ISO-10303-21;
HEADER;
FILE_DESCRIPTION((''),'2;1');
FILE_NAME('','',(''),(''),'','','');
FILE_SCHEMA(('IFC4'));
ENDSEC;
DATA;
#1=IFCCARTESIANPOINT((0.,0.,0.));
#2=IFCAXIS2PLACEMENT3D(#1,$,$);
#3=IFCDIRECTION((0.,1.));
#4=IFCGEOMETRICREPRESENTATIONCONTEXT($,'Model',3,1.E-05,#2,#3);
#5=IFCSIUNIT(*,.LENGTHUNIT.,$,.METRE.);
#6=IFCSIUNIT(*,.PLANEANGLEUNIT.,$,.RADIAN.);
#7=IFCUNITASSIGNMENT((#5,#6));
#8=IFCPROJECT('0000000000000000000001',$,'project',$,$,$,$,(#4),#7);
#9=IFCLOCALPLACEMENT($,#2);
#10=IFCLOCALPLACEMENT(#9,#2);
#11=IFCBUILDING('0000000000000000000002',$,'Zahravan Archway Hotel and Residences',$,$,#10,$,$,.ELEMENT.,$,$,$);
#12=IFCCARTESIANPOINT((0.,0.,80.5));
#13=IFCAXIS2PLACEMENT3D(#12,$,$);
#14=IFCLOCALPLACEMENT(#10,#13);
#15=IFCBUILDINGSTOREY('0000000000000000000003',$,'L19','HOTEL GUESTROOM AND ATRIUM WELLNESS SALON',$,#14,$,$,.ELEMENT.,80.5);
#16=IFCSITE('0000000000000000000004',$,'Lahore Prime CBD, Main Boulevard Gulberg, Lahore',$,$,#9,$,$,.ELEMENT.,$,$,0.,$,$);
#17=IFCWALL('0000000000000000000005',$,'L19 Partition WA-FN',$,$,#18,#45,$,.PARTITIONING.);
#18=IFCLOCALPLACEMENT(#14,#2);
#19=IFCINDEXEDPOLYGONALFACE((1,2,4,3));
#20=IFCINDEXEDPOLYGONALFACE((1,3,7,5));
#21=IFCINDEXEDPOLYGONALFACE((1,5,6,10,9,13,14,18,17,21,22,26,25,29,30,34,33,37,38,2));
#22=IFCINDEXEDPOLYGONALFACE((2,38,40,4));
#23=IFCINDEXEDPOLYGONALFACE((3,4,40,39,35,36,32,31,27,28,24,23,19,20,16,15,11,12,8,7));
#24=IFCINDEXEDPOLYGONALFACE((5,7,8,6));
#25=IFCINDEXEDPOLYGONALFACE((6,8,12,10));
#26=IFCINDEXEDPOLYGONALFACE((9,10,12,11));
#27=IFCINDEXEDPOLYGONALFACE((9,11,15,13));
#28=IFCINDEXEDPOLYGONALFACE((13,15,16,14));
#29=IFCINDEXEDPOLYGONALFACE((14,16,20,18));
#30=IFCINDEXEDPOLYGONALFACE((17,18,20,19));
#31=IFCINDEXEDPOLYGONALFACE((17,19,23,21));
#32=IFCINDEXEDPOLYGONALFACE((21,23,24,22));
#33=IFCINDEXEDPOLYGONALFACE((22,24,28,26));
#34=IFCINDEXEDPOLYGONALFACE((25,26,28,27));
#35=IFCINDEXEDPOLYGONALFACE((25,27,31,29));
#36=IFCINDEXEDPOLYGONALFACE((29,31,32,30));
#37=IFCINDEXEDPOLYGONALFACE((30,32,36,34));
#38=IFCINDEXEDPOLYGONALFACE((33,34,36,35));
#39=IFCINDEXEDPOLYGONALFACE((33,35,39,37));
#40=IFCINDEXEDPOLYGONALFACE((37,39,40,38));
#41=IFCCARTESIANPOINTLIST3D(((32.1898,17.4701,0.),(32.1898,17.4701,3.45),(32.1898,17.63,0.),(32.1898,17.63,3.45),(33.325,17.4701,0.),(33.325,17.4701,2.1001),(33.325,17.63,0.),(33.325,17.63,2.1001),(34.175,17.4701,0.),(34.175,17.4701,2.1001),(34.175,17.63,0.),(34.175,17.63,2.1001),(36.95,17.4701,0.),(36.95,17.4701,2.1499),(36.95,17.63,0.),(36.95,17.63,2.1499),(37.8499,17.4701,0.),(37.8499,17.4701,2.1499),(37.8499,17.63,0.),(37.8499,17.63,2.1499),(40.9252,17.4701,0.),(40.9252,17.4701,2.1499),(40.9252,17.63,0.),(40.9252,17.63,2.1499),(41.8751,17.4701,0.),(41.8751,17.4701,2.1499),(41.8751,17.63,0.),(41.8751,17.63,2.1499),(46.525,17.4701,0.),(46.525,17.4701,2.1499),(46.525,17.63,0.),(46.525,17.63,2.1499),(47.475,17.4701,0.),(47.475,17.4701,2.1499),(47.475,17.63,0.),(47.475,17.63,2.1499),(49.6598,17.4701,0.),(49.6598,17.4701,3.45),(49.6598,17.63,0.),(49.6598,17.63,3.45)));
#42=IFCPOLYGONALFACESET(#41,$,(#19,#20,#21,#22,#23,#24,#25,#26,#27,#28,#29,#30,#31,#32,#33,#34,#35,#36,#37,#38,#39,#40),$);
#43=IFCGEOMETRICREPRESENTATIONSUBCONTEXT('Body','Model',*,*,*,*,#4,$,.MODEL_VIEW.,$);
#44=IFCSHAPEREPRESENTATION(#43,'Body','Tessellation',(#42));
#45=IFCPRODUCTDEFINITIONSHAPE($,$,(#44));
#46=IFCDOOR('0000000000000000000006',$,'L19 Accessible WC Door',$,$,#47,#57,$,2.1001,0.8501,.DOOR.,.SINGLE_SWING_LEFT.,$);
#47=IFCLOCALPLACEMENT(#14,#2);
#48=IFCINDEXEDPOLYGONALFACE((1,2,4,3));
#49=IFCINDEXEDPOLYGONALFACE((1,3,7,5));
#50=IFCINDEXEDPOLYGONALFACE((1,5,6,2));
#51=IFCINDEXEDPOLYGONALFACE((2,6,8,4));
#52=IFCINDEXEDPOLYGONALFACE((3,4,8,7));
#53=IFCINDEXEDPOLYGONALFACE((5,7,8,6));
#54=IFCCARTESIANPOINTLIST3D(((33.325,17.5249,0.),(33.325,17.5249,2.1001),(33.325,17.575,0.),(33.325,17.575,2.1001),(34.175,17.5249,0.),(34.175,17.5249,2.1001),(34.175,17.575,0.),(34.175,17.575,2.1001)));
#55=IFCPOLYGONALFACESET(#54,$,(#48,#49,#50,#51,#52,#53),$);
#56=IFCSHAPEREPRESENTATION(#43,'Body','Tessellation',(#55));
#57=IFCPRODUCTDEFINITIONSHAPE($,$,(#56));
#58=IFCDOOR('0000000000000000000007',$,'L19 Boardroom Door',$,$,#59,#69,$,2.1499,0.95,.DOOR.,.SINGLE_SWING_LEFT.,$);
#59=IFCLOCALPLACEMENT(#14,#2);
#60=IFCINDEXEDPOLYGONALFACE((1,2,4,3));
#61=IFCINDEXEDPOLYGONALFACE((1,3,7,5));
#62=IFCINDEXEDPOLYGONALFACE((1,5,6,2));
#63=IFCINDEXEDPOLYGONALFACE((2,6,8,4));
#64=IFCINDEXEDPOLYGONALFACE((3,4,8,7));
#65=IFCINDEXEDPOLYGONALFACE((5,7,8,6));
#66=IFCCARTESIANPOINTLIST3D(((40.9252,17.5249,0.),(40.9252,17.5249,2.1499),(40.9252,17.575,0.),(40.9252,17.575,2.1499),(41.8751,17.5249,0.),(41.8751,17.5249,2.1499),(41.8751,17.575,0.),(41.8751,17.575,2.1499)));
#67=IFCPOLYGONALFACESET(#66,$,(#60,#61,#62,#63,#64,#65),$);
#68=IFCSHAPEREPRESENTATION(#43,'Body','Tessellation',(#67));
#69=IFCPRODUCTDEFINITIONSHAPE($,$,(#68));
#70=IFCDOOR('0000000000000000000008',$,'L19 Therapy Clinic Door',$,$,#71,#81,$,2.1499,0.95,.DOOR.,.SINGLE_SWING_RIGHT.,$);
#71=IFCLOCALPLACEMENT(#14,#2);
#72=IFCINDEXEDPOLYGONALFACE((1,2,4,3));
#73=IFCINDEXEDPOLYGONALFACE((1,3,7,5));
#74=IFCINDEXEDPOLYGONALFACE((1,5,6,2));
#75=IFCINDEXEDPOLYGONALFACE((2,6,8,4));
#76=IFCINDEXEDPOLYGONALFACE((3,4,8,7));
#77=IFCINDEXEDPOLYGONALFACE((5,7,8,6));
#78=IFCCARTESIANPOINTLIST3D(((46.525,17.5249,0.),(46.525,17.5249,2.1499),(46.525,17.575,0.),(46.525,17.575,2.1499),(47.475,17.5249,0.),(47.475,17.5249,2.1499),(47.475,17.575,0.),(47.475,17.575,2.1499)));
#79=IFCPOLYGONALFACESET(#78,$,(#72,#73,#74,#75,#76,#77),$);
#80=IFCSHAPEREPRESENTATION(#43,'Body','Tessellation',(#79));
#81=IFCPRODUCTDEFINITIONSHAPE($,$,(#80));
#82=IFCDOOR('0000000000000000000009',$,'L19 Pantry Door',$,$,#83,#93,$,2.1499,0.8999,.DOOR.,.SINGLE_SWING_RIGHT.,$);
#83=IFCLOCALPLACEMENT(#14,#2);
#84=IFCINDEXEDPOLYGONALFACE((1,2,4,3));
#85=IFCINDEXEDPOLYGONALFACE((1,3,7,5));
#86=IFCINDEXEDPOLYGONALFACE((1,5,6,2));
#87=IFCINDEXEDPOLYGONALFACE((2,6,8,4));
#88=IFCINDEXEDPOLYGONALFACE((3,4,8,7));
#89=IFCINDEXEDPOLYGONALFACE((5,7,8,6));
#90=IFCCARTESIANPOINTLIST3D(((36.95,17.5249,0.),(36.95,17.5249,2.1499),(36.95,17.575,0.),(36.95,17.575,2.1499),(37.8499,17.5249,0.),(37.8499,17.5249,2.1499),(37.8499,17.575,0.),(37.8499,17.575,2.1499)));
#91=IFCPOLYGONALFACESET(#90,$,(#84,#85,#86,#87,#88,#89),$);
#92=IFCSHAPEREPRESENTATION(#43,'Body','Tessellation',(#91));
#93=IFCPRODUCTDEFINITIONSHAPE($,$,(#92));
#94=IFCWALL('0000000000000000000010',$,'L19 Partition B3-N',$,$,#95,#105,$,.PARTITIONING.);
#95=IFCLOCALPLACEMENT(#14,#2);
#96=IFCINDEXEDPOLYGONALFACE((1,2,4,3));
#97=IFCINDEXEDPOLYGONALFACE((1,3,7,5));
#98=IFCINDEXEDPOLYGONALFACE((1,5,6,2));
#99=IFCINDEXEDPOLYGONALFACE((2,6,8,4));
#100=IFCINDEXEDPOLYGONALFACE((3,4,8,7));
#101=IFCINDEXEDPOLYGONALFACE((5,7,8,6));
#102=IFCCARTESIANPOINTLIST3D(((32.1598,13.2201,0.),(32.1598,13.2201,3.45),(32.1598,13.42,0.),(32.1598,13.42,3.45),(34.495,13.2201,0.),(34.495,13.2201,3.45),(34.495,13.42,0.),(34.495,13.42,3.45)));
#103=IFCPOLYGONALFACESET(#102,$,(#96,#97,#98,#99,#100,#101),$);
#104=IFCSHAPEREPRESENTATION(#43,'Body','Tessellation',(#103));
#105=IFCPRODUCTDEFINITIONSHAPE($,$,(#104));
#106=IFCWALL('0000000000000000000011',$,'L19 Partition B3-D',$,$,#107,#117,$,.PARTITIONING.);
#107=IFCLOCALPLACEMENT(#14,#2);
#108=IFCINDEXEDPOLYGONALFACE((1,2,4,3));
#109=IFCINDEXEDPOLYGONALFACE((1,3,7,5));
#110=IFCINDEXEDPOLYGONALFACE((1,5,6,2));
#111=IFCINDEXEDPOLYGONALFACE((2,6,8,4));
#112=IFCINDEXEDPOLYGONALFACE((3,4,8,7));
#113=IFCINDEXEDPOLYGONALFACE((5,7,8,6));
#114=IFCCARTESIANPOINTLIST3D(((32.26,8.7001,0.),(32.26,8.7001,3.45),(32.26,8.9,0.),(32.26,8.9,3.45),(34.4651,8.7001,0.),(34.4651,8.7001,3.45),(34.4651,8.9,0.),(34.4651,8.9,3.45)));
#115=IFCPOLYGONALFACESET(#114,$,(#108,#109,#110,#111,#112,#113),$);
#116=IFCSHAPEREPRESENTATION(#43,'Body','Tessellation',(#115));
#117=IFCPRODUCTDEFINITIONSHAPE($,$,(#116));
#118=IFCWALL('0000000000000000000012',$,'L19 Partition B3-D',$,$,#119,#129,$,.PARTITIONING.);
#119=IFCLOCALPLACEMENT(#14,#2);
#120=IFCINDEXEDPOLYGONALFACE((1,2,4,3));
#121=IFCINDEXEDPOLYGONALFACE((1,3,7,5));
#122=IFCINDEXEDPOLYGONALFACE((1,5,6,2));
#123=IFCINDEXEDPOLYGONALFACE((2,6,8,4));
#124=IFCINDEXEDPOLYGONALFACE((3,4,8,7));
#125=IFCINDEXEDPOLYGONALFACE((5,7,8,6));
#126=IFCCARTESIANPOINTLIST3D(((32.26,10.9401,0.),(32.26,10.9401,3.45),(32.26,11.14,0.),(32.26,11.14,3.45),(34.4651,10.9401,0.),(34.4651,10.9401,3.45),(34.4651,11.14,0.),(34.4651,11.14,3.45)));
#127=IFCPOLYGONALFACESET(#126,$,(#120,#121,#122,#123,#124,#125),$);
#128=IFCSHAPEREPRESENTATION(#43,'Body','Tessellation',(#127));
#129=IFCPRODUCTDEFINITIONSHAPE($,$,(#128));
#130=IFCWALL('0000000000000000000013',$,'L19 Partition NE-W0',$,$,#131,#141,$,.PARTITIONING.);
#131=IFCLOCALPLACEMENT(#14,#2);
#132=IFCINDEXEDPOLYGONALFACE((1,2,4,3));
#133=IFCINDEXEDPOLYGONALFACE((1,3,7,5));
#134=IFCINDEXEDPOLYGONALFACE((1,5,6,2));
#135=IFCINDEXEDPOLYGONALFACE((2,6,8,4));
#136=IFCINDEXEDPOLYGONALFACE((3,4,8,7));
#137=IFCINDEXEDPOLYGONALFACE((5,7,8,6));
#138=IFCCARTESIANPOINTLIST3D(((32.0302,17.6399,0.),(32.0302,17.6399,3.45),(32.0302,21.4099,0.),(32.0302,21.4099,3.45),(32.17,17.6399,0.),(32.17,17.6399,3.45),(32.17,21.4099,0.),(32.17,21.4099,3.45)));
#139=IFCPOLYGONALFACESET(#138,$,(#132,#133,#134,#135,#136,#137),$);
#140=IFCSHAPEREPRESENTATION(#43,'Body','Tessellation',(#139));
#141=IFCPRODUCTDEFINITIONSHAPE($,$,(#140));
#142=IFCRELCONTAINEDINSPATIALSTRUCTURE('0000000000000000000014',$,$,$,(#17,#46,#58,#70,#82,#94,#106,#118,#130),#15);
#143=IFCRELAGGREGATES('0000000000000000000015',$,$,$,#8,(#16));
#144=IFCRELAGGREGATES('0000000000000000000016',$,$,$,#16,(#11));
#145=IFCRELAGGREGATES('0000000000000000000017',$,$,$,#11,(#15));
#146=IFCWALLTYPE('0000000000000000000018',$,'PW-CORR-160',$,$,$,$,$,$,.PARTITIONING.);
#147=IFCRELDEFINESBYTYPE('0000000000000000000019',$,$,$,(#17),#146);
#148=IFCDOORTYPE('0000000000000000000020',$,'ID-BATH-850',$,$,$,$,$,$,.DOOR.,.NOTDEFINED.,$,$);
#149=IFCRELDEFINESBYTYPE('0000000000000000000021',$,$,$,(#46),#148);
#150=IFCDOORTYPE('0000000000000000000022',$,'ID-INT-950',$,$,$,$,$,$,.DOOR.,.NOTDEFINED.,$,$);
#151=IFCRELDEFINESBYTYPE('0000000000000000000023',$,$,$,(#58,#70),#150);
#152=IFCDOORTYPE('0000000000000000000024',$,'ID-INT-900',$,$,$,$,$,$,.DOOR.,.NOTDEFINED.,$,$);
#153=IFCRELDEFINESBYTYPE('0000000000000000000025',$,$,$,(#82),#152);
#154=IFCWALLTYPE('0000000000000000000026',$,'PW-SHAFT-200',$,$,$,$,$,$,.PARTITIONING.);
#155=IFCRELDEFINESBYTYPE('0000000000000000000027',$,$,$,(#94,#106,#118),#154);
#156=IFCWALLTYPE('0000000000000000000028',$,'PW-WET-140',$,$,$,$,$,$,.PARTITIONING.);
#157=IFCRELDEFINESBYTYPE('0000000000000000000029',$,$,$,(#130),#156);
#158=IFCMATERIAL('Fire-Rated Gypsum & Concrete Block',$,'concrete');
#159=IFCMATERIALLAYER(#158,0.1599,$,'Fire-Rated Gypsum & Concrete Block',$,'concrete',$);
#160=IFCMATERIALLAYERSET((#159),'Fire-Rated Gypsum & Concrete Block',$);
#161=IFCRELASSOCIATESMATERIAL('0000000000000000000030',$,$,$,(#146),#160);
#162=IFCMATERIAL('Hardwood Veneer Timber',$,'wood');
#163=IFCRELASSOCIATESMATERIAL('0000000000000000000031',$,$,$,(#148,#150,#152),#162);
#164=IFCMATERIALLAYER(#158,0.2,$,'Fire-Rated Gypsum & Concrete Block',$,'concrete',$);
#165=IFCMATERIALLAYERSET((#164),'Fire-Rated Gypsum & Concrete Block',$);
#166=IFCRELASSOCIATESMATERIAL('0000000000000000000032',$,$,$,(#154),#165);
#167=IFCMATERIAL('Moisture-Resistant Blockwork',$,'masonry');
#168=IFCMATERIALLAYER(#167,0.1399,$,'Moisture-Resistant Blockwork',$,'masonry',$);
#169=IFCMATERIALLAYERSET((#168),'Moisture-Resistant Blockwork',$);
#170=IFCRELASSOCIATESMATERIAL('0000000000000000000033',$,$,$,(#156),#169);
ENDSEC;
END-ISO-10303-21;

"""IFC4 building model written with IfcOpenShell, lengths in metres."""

from ifc_helpers import new_model, si_unit, direction, frame, frame_2d, origin, place, context, subcontext, project, spatial, rectangle, extrude, source, transform, mapped, material, layer, layer_set, type_object, type_shapes, element, fill, save


model = new_model("IFC4")

# Units and contexts
model_context = context("Model", 3, precision=1e-05, world=origin(), true_north=direction((0.0, 1.0)))
body_context = subcontext(model_context, "Body", "Model", "MODEL_VIEW")
ifc_project = project(units=[si_unit("LENGTHUNIT", "METRE"), si_unit("PLANEANGLEUNIT", "RADIAN")], contexts=[model_context])

# Site, building, storey
site_placement = place(None, origin())
site = spatial("IfcSite", under=ifc_project, at=site_placement, Name="Lahore Prime CBD, Main Boulevard Gulberg, Lahore", CompositionType="ELEMENT", RefElevation=0.0)
building_placement = place(site_placement, origin())
building = spatial("IfcBuilding", under=site, at=building_placement, Name="Zahravan Archway Hotel and Residences", CompositionType="ELEMENT")
storey_placement = place(building_placement, frame((0.0, 0.0, 80.5)))
storey = spatial("IfcBuildingStorey", under=building, at=storey_placement, Name="L19", Description="HOTEL GUESTROOM AND ATRIUM WELLNESS SALON", CompositionType="ELEMENT", Elevation=80.5)

# Shared definitions
ifc_material_1 = material(Name="Fire-Rated Gypsum & Concrete Block", Category="concrete")
ifc_layer_1 = layer(ifc_material_1, 0.1599, Name="Fire-Rated Gypsum & Concrete Block", Category="concrete")
ifc_layer_set_1 = layer_set([ifc_layer_1], Name="Fire-Rated Gypsum & Concrete Block")
wall_type_1 = type_object("IfcWallType", Name="PW-CORR-160", PredefinedType="PARTITIONING", material=ifc_layer_set_1)

# Wall, openings, doors
wall_1_placement = place(storey_placement, frame((32.1899, 17.55, 0.0), z_axis=(0.0, 0.0, 1.0), x_axis=(1.0, 0.0, 0.0)))
wall_1 = element("IfcWall", 1, at=wall_1_placement, inside=storey, type_object=wall_type_1, Name="L19 Partition WA-FN", PredefinedType="PARTITIONING", context=body_context, shape_type="SweptSolid", body=[
    extrude(rectangle(XDim=17.47, YDim=0.1599, at=frame_2d((8.7349, 0.0))), origin(), (0.0, 0.0, 1.0), 3.45),
])
opening_1_placement = place(wall_1_placement, frame((1.135, 0.0, 0.0)))
opening_1 = element("IfcOpeningElement", 2, at=opening_1_placement, cuts=wall_1, PredefinedType="OPENING", context=body_context, shape_type="SweptSolid", body=[
    extrude(rectangle(XDim=0.8501, YDim=2.1001, at=frame_2d((0.425, 1.05))), frame((0.0, 0.0898, 0.0), z_axis=(0.0, -1.0, 0.0), x_axis=(1.0, 0.0, 0.0)), (0.0, 0.0, 1.0), 0.1799),
])
opening_2_placement = place(wall_1_placement, frame((4.76, 0.0, 0.0)))
opening_2 = element("IfcOpeningElement", 3, at=opening_2_placement, cuts=wall_1, PredefinedType="OPENING", context=body_context, shape_type="SweptSolid", body=[
    extrude(rectangle(XDim=0.8999, YDim=2.1499, at=frame_2d((0.45, 1.075))), frame((0.0, 0.0898, 0.0), z_axis=(0.0, -1.0, 0.0), x_axis=(1.0, 0.0, 0.0)), (0.0, 0.0, 1.0), 0.1799),
])
opening_3_placement = place(wall_1_placement, frame((8.7351, 0.0, 0.0)))
opening_3 = element("IfcOpeningElement", 4, at=opening_3_placement, cuts=wall_1, PredefinedType="OPENING", context=body_context, shape_type="SweptSolid", body=[
    extrude(rectangle(XDim=0.95, YDim=2.1499, at=frame_2d((0.4751, 1.075))), frame((0.0, 0.0898, 0.0), z_axis=(0.0, -1.0, 0.0), x_axis=(1.0, 0.0, 0.0)), (0.0, 0.0, 1.0), 0.1799),
])
opening_4_placement = place(wall_1_placement, frame((14.335, 0.0, 0.0)))
opening_4 = element("IfcOpeningElement", 5, at=opening_4_placement, cuts=wall_1, PredefinedType="OPENING", context=body_context, shape_type="SweptSolid", body=[
    extrude(rectangle(XDim=0.95, YDim=2.1499, at=frame_2d((0.4751, 1.075))), frame((0.0, 0.0898, 0.0), z_axis=(0.0, -1.0, 0.0), x_axis=(1.0, 0.0, 0.0)), (0.0, 0.0, 1.0), 0.1799),
])
ifc_material_2 = material(Name="Hardwood Veneer Timber", Category="wood")
door_type_1 = type_object("IfcDoorType", Name="ID-BATH-850", OperationType="NOTDEFINED", PredefinedType="DOOR", material=ifc_material_2)
shared_shape_1 = source(origin(), body_context, "Body", "SweptSolid", [
    extrude(rectangle(XDim=0.8501, YDim=2.1001, at=frame_2d((0.425, 1.05))), frame((0.0, 0.0249, 0.0), z_axis=(0.0, -1.0, 0.0), x_axis=(1.0, 0.0, 0.0)), (0.0, 0.0, 1.0), 0.05),
])
type_shapes(door_type_1, [shared_shape_1])
door_1_placement = place(opening_1_placement, origin())
door_1 = element("IfcDoor", 6, at=door_1_placement, inside=storey, type_object=door_type_1, Name="L19 Accessible WC Door", OperationType="SINGLE_SWING_LEFT", OverallHeight=2.1001, OverallWidth=0.8501, PredefinedType="DOOR", context=body_context, shape_type="MappedRepresentation", body=[
    mapped(shared_shape_1, transform((0.0, 0.0, 0.0), scale=1.0)),
])
fill(opening_1, door_1)
door_type_2 = type_object("IfcDoorType", Name="ID-INT-950", OperationType="NOTDEFINED", PredefinedType="DOOR", material=ifc_material_2)
shared_shape_2 = source(origin(), body_context, "Body", "SweptSolid", [
    extrude(rectangle(XDim=0.95, YDim=2.1499, at=frame_2d((0.4751, 1.075))), frame((0.0, 0.0249, 0.0), z_axis=(0.0, -1.0, 0.0), x_axis=(1.0, 0.0, 0.0)), (0.0, 0.0, 1.0), 0.05),
])
type_shapes(door_type_2, [shared_shape_2])
door_2_placement = place(opening_3_placement, origin())
door_2 = element("IfcDoor", 7, at=door_2_placement, inside=storey, type_object=door_type_2, Name="L19 Boardroom Door", OperationType="SINGLE_SWING_LEFT", OverallHeight=2.1499, OverallWidth=0.95, PredefinedType="DOOR", context=body_context, shape_type="MappedRepresentation", body=[
    mapped(shared_shape_2, transform((0.0, 0.0, 0.0), scale=1.0)),
])
fill(opening_3, door_2)
door_3_placement = place(opening_4_placement, origin())
door_3 = element("IfcDoor", 8, at=door_3_placement, inside=storey, type_object=door_type_2, Name="L19 Therapy Clinic Door", OperationType="SINGLE_SWING_RIGHT", OverallHeight=2.1499, OverallWidth=0.95, PredefinedType="DOOR", context=body_context, shape_type="MappedRepresentation", body=[
    mapped(shared_shape_2, transform((0.0, 0.0, 0.0), scale=1.0)),
])
fill(opening_4, door_3)
door_type_3 = type_object("IfcDoorType", Name="ID-INT-900", OperationType="NOTDEFINED", PredefinedType="DOOR", material=ifc_material_2)
shared_shape_3 = source(origin(), body_context, "Body", "SweptSolid", [
    extrude(rectangle(XDim=0.8999, YDim=2.1499, at=frame_2d((0.45, 1.075))), frame((0.0, 0.0249, 0.0), z_axis=(0.0, -1.0, 0.0), x_axis=(1.0, 0.0, 0.0)), (0.0, 0.0, 1.0), 0.05),
])
type_shapes(door_type_3, [shared_shape_3])
door_4_placement = place(opening_2_placement, origin())
door_4 = element("IfcDoor", 9, at=door_4_placement, inside=storey, type_object=door_type_3, Name="L19 Pantry Door", OperationType="SINGLE_SWING_RIGHT", OverallHeight=2.1499, OverallWidth=0.8999, PredefinedType="DOOR", context=body_context, shape_type="MappedRepresentation", body=[
    mapped(shared_shape_3, transform((0.0, 0.0, 0.0), scale=1.0)),
])
fill(opening_2, door_4)

# Walls
ifc_layer_2 = layer(ifc_material_1, 0.2, Name="Fire-Rated Gypsum & Concrete Block", Category="concrete")
ifc_layer_set_2 = layer_set([ifc_layer_2], Name="Fire-Rated Gypsum & Concrete Block")
wall_type_2 = type_object("IfcWallType", Name="PW-SHAFT-200", PredefinedType="PARTITIONING", material=ifc_layer_set_2)
wall_2_placement = place(storey_placement, frame((32.1599, 13.3201, 0.0), z_axis=(0.0, 0.0, 1.0), x_axis=(1.0, 0.0, 0.0)))
element("IfcWall", 10, at=wall_2_placement, inside=storey, type_object=wall_type_2, Name="L19 Partition B3-N", PredefinedType="PARTITIONING", context=body_context, shape_type="SweptSolid", body=[
    extrude(rectangle(XDim=2.3352, YDim=0.2, at=frame_2d((1.1675, 0.0))), origin(), (0.0, 0.0, 1.0), 3.45),
])
for number, where, z_axis, x_axis, name in (
    (11, (32.26, 8.8, 0.0), (0.0, 0.0, 1.0), (1.0, 0.0, 0.0), "L19 Partition B3-D"),
    (12, (32.26, 11.04, 0.0), (0.0, 0.0, 1.0), (1.0, 0.0, 0.0), "L19 Partition B3-D"),
):
    element("IfcWall", number, at=place(storey_placement, frame(where, z_axis=z_axis, x_axis=x_axis)), inside=storey, type_object=wall_type_2, Name=name, PredefinedType="PARTITIONING", context=body_context, shape_type="SweptSolid", body=[
        extrude(rectangle(XDim=2.2051, YDim=0.2, at=frame_2d((1.1025, 0.0))), origin(), (0.0, 0.0, 1.0), 3.45),
    ])
ifc_material_3 = material(Name="Moisture-Resistant Blockwork", Category="masonry")
ifc_layer_3 = layer(ifc_material_3, 0.1399, Name="Moisture-Resistant Blockwork", Category="masonry")
ifc_layer_set_3 = layer_set([ifc_layer_3], Name="Moisture-Resistant Blockwork")
wall_type_3 = type_object("IfcWallType", Name="PW-WET-140", PredefinedType="PARTITIONING", material=ifc_layer_set_3)
wall_3_placement = place(storey_placement, frame((32.1001, 17.6399, 0.0), z_axis=(0.0, 0.0, 1.0), x_axis=(0.0, 1.0, 0.0)))
element("IfcWall", 13, at=wall_3_placement, inside=storey, type_object=wall_type_3, Name="L19 Partition NE-W0", PredefinedType="PARTITIONING", context=body_context, shape_type="SweptSolid", body=[
    extrude(rectangle(XDim=3.77, YDim=0.1399, at=frame_2d((1.885, 0.0))), origin(), (0.0, 0.0, 1.0), 3.45),
])

save(model, "model.ifc")
